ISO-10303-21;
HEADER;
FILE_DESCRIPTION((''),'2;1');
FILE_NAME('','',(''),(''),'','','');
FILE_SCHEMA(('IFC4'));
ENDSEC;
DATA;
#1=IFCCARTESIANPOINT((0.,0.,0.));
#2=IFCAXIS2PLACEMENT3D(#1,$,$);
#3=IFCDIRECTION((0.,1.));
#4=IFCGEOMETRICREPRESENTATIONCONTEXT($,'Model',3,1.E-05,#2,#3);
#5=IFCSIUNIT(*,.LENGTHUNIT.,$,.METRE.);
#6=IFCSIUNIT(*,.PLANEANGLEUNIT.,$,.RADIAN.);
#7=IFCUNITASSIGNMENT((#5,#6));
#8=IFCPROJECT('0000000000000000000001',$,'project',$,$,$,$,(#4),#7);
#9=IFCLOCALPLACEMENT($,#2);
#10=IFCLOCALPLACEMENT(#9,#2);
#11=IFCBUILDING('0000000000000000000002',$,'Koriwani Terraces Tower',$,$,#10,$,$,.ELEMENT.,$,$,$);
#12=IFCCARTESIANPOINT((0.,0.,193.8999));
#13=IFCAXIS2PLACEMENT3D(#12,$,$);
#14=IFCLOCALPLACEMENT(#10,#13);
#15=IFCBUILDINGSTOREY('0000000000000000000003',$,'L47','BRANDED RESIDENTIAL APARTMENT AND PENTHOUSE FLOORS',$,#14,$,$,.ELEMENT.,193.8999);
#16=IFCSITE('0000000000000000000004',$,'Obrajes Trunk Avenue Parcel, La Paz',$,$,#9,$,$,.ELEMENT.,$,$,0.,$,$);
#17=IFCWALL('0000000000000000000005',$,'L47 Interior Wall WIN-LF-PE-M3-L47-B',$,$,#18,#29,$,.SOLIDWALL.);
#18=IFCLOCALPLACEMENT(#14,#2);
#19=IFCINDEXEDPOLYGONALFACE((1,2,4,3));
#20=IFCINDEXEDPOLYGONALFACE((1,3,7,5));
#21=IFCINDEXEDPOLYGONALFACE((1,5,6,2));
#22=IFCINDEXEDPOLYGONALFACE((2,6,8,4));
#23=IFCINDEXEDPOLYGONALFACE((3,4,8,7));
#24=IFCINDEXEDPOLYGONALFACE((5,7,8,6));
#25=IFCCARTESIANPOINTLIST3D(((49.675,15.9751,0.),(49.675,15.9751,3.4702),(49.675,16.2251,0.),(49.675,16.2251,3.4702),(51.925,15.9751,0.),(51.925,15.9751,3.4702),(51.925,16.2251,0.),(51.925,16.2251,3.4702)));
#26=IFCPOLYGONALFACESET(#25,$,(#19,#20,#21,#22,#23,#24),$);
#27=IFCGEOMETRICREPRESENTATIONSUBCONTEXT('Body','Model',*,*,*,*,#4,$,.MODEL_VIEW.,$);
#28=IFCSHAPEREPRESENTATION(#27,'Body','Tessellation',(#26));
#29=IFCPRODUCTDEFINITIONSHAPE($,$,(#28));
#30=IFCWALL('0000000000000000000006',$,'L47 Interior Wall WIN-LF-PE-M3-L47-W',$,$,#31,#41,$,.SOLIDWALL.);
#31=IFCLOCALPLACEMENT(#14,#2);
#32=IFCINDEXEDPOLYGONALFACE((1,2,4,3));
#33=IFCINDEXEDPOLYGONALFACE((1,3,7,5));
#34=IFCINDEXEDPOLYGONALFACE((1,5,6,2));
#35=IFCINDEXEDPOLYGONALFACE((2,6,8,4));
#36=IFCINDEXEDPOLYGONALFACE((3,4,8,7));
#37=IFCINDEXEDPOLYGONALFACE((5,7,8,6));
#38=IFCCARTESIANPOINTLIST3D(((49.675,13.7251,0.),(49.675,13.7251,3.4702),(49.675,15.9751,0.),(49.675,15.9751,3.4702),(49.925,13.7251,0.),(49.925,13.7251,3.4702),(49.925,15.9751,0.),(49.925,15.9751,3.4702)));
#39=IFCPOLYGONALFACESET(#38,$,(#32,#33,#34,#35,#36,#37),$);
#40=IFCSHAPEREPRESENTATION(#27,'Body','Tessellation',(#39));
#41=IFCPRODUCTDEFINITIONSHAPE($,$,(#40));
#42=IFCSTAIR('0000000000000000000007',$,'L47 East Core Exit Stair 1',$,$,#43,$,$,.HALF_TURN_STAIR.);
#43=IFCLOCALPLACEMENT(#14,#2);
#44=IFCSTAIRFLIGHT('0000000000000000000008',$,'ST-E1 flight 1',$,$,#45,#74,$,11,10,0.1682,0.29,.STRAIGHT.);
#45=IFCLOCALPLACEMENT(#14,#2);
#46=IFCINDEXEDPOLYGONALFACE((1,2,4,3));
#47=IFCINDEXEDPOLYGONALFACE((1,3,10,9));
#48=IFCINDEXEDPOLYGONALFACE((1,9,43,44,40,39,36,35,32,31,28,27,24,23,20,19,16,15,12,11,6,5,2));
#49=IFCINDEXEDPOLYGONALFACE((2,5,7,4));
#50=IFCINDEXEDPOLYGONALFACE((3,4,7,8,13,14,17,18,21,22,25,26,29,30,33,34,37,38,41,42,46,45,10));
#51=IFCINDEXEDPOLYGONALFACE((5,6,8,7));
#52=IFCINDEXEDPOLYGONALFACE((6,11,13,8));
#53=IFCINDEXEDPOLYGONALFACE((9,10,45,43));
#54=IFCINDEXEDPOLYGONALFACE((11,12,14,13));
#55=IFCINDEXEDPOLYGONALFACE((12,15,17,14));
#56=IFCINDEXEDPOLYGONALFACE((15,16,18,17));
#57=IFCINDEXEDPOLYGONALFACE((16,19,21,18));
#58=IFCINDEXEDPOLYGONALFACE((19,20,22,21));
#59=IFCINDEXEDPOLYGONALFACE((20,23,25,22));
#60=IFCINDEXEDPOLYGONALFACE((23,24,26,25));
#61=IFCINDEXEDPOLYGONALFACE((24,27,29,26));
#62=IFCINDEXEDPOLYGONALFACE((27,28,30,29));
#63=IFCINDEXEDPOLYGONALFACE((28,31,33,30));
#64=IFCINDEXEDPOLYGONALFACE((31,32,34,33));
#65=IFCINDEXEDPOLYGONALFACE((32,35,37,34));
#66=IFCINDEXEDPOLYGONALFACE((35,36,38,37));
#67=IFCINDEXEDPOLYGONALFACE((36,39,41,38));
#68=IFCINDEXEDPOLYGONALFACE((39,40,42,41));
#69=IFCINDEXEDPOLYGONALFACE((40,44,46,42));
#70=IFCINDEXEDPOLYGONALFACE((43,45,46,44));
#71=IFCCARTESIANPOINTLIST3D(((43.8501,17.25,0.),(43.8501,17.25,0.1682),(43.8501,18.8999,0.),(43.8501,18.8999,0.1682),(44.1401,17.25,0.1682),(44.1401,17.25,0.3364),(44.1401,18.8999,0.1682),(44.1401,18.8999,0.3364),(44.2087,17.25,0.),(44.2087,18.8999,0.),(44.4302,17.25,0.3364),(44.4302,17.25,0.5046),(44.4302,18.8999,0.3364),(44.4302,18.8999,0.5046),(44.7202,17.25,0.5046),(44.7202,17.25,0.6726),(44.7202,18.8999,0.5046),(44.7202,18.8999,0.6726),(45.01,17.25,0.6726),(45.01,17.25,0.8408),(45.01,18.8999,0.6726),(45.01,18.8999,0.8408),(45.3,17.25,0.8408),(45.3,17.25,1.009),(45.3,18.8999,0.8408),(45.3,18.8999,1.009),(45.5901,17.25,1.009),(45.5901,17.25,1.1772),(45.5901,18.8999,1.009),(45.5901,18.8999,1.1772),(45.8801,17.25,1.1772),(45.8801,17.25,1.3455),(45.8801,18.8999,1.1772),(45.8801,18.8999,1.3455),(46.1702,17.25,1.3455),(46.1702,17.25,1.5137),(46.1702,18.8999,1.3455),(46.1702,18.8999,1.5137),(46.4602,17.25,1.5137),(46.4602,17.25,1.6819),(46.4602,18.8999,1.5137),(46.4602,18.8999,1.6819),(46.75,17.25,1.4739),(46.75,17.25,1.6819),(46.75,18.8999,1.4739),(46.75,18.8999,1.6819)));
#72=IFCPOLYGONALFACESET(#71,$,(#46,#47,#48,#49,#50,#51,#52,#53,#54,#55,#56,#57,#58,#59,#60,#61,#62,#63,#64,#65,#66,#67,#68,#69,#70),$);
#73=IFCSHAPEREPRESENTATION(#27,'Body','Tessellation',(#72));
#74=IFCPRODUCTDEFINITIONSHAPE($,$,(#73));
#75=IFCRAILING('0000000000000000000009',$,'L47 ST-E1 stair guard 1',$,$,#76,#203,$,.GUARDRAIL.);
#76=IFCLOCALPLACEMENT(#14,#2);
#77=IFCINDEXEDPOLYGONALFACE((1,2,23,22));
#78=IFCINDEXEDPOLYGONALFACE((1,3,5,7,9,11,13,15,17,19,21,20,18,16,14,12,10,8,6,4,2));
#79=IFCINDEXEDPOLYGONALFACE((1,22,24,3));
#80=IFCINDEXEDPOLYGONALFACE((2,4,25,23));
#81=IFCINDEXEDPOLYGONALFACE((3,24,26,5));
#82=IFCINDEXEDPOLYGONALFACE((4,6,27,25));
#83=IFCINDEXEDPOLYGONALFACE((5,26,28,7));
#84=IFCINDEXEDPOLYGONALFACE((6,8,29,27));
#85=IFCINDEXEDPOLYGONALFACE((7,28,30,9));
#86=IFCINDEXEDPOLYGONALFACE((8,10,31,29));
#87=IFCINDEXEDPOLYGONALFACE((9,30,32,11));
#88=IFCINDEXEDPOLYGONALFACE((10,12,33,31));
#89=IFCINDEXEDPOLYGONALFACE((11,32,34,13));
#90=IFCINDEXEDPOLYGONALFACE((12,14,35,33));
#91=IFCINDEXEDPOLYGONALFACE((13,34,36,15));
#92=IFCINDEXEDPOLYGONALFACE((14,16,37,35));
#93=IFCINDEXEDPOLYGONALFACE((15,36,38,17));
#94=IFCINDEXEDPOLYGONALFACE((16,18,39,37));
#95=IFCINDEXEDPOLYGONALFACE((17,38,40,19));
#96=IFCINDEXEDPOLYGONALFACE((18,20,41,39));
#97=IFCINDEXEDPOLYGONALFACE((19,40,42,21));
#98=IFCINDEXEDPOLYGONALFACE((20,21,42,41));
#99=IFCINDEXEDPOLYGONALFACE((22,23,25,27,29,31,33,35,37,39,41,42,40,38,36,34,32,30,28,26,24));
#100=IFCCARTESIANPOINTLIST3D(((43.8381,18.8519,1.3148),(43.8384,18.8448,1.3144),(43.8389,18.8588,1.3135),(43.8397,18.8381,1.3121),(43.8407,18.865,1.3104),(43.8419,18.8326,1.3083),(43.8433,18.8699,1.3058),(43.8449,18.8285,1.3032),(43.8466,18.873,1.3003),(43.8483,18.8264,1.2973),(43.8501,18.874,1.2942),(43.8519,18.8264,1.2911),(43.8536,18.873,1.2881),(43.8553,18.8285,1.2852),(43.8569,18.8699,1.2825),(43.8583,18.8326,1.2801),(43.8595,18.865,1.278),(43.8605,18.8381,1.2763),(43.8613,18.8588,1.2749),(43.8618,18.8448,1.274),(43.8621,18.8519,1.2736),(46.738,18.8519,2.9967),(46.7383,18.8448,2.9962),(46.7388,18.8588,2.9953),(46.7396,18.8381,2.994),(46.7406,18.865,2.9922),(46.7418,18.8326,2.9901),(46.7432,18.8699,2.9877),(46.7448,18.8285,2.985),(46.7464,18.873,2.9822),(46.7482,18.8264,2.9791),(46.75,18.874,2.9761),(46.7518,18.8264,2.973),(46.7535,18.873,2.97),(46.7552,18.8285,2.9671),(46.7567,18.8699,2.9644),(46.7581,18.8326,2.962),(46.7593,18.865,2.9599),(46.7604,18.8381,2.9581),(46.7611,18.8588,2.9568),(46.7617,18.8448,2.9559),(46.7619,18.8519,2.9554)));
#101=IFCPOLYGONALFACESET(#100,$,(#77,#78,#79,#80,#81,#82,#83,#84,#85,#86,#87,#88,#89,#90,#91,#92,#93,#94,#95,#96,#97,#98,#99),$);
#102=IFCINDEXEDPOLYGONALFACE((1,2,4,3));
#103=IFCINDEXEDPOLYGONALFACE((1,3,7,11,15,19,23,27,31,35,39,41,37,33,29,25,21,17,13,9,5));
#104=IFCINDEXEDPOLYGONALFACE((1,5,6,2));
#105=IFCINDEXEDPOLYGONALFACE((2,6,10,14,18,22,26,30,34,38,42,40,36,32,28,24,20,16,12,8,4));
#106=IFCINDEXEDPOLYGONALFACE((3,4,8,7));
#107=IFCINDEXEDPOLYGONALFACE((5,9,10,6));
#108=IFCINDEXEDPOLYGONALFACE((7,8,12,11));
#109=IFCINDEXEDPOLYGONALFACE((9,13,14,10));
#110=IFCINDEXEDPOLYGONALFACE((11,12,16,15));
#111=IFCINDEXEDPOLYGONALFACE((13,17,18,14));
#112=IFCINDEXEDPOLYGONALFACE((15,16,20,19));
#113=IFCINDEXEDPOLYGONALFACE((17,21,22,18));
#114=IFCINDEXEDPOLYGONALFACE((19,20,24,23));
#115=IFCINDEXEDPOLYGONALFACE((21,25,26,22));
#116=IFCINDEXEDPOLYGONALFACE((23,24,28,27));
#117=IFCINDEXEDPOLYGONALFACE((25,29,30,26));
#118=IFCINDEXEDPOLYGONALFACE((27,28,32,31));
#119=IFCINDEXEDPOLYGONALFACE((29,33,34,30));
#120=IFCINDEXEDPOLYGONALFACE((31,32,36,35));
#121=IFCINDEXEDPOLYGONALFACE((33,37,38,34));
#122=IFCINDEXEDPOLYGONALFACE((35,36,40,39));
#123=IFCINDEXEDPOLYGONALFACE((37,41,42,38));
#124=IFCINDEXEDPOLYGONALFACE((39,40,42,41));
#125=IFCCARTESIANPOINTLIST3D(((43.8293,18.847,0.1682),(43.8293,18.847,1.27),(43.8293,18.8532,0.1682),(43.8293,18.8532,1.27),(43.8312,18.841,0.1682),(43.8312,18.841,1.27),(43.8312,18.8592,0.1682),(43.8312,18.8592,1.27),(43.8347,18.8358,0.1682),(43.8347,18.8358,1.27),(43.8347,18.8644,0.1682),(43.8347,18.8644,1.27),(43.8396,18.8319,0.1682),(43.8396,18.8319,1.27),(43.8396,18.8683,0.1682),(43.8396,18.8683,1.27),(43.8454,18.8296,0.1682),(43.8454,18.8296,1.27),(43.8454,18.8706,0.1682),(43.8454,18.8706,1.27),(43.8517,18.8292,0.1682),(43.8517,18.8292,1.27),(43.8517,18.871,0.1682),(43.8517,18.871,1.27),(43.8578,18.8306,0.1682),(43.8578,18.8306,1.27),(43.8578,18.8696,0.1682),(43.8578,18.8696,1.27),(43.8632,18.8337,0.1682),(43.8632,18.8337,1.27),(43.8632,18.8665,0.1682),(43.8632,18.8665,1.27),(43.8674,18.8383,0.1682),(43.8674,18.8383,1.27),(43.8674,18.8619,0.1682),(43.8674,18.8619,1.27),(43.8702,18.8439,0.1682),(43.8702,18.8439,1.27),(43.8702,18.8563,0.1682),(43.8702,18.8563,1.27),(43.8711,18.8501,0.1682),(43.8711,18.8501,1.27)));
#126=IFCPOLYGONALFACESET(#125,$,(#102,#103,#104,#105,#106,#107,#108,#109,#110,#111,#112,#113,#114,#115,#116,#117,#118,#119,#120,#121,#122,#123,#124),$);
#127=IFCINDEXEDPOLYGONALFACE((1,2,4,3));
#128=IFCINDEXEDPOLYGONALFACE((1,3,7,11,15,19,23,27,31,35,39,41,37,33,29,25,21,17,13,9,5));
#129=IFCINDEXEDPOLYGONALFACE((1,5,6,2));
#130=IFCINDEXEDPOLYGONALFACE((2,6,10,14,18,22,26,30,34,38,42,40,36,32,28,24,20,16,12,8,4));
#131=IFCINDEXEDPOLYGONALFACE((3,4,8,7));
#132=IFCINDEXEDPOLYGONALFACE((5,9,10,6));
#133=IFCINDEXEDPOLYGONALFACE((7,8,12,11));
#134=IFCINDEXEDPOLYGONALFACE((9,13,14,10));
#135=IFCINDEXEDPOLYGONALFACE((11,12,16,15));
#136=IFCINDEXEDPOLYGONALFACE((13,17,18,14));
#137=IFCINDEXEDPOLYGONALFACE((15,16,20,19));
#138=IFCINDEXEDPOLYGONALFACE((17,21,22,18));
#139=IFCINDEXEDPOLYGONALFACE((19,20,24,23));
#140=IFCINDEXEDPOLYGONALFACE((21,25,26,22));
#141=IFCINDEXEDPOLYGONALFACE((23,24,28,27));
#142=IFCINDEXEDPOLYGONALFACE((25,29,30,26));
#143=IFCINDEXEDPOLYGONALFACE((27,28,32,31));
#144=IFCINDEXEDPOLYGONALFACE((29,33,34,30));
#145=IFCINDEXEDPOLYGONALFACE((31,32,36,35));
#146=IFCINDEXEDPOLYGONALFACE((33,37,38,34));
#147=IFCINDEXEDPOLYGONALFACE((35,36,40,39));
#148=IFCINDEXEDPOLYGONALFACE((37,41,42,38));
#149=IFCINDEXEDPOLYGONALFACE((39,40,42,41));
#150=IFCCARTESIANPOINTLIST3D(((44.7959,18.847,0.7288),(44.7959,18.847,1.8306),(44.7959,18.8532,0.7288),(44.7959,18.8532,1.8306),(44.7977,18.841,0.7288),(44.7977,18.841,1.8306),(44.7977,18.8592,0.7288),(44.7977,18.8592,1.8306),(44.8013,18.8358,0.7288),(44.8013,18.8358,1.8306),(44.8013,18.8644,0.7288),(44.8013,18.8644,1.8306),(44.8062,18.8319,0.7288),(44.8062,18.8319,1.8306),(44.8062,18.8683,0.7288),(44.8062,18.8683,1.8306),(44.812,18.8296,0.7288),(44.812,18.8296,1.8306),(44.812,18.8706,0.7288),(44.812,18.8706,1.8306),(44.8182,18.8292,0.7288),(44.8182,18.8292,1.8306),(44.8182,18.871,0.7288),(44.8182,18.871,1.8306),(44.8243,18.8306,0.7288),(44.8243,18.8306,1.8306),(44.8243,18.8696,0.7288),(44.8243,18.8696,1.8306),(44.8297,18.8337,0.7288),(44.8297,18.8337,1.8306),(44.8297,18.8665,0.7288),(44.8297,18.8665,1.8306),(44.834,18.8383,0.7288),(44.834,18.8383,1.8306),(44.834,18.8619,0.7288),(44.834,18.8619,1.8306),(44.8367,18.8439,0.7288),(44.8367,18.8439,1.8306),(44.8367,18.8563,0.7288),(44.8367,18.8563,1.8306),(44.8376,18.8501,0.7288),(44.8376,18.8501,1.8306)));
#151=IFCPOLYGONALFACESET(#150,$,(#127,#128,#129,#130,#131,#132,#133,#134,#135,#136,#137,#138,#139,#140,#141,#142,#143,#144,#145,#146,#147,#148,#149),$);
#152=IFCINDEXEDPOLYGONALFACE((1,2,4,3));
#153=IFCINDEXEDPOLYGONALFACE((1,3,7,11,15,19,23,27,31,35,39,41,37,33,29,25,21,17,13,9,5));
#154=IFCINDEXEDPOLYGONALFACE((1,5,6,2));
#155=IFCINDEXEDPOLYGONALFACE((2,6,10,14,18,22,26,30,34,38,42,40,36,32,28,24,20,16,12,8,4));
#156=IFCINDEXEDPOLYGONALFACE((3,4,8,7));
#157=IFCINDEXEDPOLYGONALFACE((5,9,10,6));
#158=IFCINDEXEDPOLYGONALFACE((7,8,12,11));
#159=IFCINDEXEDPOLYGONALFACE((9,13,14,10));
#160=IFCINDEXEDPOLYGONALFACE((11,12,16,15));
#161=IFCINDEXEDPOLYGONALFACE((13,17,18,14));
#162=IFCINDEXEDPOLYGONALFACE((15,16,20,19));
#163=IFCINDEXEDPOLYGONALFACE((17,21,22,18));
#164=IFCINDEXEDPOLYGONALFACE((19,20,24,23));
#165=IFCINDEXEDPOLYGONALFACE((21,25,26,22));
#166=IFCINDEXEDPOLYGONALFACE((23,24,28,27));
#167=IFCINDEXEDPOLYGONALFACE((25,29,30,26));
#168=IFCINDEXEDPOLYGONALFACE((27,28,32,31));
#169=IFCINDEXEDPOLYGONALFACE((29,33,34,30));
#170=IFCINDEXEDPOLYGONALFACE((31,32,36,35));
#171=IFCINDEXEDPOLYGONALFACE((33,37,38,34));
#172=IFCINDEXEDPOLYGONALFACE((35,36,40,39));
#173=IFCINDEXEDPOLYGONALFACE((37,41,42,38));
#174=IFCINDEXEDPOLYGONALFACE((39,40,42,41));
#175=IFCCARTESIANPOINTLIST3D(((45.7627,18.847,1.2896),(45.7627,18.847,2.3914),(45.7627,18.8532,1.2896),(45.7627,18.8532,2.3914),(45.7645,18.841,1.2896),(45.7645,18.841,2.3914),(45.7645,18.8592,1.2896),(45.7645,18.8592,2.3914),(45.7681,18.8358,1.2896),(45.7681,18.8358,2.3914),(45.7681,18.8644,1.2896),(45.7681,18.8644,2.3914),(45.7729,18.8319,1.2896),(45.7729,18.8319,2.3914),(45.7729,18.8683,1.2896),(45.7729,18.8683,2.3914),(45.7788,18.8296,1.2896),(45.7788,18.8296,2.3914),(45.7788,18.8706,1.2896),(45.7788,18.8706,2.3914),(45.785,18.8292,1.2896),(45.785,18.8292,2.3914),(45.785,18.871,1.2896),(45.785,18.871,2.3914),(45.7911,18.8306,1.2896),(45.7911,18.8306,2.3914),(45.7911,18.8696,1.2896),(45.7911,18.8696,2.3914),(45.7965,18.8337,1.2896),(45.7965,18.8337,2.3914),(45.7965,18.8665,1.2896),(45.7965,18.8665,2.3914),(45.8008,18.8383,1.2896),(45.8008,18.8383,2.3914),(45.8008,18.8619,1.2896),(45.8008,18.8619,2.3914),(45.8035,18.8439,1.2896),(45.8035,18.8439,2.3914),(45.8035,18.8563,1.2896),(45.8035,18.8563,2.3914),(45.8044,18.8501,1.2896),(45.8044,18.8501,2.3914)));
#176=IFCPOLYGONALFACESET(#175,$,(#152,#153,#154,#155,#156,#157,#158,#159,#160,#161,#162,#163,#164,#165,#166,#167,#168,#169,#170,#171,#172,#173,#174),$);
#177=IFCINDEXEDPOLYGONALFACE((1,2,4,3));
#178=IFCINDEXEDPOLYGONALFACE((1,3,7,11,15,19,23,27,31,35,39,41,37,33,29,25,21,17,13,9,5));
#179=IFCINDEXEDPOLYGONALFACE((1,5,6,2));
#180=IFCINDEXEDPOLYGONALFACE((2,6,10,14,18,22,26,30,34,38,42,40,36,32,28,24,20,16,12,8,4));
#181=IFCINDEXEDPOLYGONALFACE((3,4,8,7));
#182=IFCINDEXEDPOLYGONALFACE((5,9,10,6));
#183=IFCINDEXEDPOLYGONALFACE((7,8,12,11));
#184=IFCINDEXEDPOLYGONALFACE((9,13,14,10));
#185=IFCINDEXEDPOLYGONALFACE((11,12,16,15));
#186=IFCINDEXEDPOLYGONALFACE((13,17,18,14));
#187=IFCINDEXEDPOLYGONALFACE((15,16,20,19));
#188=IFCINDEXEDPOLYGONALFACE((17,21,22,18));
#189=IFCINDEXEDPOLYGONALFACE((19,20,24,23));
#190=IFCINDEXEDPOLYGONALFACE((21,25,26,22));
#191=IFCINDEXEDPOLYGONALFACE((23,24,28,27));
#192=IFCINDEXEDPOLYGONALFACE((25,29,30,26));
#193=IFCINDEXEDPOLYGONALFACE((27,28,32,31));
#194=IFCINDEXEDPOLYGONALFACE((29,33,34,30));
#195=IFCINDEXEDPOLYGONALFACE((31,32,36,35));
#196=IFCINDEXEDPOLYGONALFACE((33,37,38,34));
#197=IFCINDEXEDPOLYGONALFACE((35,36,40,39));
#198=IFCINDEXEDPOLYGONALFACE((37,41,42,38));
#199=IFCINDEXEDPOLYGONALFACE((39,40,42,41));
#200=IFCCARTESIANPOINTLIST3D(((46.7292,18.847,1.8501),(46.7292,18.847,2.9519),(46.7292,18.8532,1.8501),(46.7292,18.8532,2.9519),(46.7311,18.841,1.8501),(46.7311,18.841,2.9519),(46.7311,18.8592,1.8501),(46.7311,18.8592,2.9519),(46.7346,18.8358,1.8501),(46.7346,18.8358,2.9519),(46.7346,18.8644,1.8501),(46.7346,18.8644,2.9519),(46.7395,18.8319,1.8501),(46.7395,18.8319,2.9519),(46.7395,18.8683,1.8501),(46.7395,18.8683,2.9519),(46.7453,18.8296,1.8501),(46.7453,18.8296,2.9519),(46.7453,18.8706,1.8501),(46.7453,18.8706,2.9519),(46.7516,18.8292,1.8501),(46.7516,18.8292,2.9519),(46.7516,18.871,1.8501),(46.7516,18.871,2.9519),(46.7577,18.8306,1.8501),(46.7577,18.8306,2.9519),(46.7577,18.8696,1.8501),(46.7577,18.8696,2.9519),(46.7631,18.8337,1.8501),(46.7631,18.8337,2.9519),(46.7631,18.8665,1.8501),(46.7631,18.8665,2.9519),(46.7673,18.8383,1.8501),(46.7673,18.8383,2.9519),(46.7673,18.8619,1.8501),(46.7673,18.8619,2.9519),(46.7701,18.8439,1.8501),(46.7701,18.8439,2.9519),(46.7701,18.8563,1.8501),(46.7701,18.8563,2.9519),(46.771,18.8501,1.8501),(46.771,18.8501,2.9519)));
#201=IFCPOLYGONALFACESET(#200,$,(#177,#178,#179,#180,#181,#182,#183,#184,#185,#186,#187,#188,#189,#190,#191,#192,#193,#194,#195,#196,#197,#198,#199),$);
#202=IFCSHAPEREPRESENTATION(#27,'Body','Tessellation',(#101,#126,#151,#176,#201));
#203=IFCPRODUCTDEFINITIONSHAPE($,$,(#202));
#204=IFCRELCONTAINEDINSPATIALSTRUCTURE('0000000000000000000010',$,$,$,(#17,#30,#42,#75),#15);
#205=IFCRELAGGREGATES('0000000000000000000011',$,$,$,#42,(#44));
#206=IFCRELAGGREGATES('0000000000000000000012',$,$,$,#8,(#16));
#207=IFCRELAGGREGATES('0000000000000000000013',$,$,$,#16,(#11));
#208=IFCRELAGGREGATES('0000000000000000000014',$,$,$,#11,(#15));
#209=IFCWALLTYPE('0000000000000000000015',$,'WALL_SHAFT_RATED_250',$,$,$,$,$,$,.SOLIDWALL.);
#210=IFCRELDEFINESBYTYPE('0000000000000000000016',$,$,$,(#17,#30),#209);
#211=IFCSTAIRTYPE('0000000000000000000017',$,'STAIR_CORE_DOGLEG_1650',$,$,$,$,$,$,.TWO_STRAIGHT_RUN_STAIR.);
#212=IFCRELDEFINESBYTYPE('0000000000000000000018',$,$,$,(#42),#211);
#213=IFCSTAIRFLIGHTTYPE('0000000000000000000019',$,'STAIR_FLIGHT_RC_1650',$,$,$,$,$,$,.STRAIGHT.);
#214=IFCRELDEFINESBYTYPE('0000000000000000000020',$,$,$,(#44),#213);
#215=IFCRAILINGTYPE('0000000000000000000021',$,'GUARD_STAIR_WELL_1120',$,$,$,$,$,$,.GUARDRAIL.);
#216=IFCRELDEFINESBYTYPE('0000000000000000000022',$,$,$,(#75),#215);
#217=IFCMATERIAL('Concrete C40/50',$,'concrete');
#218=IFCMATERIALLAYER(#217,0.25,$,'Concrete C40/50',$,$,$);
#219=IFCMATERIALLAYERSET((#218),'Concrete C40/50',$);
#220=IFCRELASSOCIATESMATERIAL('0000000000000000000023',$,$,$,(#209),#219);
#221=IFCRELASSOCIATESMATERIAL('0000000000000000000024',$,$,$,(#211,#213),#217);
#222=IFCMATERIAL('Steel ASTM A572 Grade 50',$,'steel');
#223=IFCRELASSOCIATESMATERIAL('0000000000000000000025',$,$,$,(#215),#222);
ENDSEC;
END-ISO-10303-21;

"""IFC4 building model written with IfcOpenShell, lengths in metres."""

from ifc_helpers import new_model, si_unit, direction, frame, frame_2d, origin, origin_2d, place, context, subcontext, project, spatial, polyline, rectangle, circle, outline, extrude, material, layer, layer_set, type_object, element, aggregate, save


model = new_model("IFC4")

# Units and contexts
model_context = context("Model", 3, precision=1e-05, world=origin(), true_north=direction((0.0, 1.0)))
body_context = subcontext(model_context, "Body", "Model", "MODEL_VIEW")
ifc_project = project(units=[si_unit("LENGTHUNIT", "METRE"), si_unit("PLANEANGLEUNIT", "RADIAN")], contexts=[model_context])

# Site, building, storey
site_placement = place(None, origin())
site = spatial("IfcSite", under=ifc_project, at=site_placement, Name="Obrajes Trunk Avenue Parcel, La Paz", CompositionType="ELEMENT", RefElevation=0.0)
building_placement = place(site_placement, origin())
building = spatial("IfcBuilding", under=site, at=building_placement, Name="Koriwani Terraces Tower", CompositionType="ELEMENT")
storey_placement = place(building_placement, frame((0.0, 0.0, 193.8999)))
storey = spatial("IfcBuildingStorey", under=building, at=storey_placement, Name="L47", Description="BRANDED RESIDENTIAL APARTMENT AND PENTHOUSE FLOORS", CompositionType="ELEMENT", Elevation=193.8999)

# Shared definitions
ifc_material_1 = material(Name="Concrete C40/50", Category="concrete")
ifc_material_2 = material(Name="Steel ASTM A572 Grade 50", Category="steel")

# Shared definitions
ifc_layer_1 = layer(ifc_material_1, 0.25, Name="Concrete C40/50")
ifc_layer_set_1 = layer_set([ifc_layer_1], Name="Concrete C40/50")
wall_type_1 = type_object("IfcWallType", Name="WALL_SHAFT_RATED_250", PredefinedType="SOLIDWALL", material=ifc_layer_set_1)

# Walls
for number, where, z_axis, x_axis, name in (
    (1, (49.675, 16.1001, 0.0), (0.0, 0.0, 1.0), (1.0, 0.0, 0.0), "L47 Interior Wall WIN-LF-PE-M3-L47-B"),
    (2, (49.8, 13.7251, 0.0), (0.0, 0.0, 1.0), (0.0, 1.0, 0.0), "L47 Interior Wall WIN-LF-PE-M3-L47-W"),
):
    element("IfcWall", number, at=place(storey_placement, frame(where, z_axis=z_axis, x_axis=x_axis)), inside=storey, type_object=wall_type_1, Name=name, PredefinedType="SOLIDWALL", context=body_context, shape_type="SweptSolid", body=[
        extrude(rectangle(XDim=2.25, YDim=0.25, at=frame_2d((1.125, 0.0))), origin(), (0.0, 0.0, 1.0), 3.4702),
    ])

# Stair, stair flight
stair_type = type_object("IfcStairType", Name="STAIR_CORE_DOGLEG_1650", PredefinedType="TWO_STRAIGHT_RUN_STAIR", material=ifc_material_1)
stair_placement = place(storey_placement, origin())
stair = element("IfcStair", 3, at=stair_placement, inside=storey, type_object=stair_type, Name="L47 East Core Exit Stair 1", PredefinedType="HALF_TURN_STAIR")
stair_flight_type = type_object("IfcStairFlightType", Name="STAIR_FLIGHT_RC_1650", PredefinedType="STRAIGHT", material=ifc_material_1)
stair_flight_placement = place(storey_placement, frame((43.8501, 18.075, 0.0), z_axis=(0.0, 0.0, 1.0), x_axis=(1.0, 0.0, 0.0)))
stair_flight = element("IfcStairFlight", 4, at=stair_flight_placement, type_object=stair_flight_type, Name="ST-E1 flight 1", NumberOfRisers=11, NumberOfTreads=10, PredefinedType="STRAIGHT", RiserHeight=0.1682, TreadLength=0.29, context=body_context, shape_type="SweptSolid", body=[
    extrude(outline(polyline([(0.0, 0.0), (0.0, 0.1682), (0.29, 0.1682), (0.29, 0.3364), (0.5801, 0.3364), (0.5801, 0.5046), (0.8701, 0.5046), (0.8701, 0.6726), (1.1599, 0.6726), (1.1599, 0.8408), (1.45, 0.8408), (1.45, 1.009), (1.74, 1.009), (1.74, 1.1772), (2.03, 1.1772), (2.03, 1.3455), (2.3201, 1.3455), (2.3201, 1.5137), (2.6101, 1.5137), (2.6101, 1.6819), (2.8999, 1.6819), (2.8999, 1.8501), (2.8999, 1.4739), (0.3586, 0.0), (0.0, 0.0)])), frame((0.0, 0.825, 0.0), z_axis=(0.0, -1.0, 0.0), x_axis=(1.0, 0.0, 0.0)), (0.0, 0.0, 1.0), 1.6499),
])
aggregate(stair, [stair_flight])

# Railing
railing_type_1 = type_object("IfcRailingType", Name="GUARD_STAIR_WELL_1120", PredefinedType="GUARDRAIL", material=ifc_material_2)
railing_1_placement = place(storey_placement, frame((43.8501, 18.8501, 0.1682)))
element("IfcRailing", 5, at=railing_1_placement, inside=storey, type_object=railing_type_1, Name="L47 ST-E1 stair guard 1", PredefinedType="GUARDRAIL", context=body_context, shape_type="SweptSolid", body=[
    extrude(circle(Radius=0.0239, at=origin_2d()), frame((0.0, 0.0, 1.126), z_axis=(0.865039, 0.0, 0.501705), x_axis=(0.0, 1.0, 0.0)), (0.0, 0.0, 1.0), 3.3523),
    extrude(circle(Radius=0.021, at=origin_2d()), origin(), (0.0, 0.0, 1.0), 1.1018),
    extrude(circle(Radius=0.021, at=origin_2d()), frame((0.9666, 0.0, 0.5605)), (0.0, 0.0, 1.0), 1.1018),
    extrude(circle(Radius=0.021, at=origin_2d()), frame((1.9333, 0.0, 1.1213)), (0.0, 0.0, 1.0), 1.1018),
    extrude(circle(Radius=0.021, at=origin_2d()), frame((2.8999, 0.0, 1.6819)), (0.0, 0.0, 1.0), 1.1018),
])

save(model, "model.ifc")
